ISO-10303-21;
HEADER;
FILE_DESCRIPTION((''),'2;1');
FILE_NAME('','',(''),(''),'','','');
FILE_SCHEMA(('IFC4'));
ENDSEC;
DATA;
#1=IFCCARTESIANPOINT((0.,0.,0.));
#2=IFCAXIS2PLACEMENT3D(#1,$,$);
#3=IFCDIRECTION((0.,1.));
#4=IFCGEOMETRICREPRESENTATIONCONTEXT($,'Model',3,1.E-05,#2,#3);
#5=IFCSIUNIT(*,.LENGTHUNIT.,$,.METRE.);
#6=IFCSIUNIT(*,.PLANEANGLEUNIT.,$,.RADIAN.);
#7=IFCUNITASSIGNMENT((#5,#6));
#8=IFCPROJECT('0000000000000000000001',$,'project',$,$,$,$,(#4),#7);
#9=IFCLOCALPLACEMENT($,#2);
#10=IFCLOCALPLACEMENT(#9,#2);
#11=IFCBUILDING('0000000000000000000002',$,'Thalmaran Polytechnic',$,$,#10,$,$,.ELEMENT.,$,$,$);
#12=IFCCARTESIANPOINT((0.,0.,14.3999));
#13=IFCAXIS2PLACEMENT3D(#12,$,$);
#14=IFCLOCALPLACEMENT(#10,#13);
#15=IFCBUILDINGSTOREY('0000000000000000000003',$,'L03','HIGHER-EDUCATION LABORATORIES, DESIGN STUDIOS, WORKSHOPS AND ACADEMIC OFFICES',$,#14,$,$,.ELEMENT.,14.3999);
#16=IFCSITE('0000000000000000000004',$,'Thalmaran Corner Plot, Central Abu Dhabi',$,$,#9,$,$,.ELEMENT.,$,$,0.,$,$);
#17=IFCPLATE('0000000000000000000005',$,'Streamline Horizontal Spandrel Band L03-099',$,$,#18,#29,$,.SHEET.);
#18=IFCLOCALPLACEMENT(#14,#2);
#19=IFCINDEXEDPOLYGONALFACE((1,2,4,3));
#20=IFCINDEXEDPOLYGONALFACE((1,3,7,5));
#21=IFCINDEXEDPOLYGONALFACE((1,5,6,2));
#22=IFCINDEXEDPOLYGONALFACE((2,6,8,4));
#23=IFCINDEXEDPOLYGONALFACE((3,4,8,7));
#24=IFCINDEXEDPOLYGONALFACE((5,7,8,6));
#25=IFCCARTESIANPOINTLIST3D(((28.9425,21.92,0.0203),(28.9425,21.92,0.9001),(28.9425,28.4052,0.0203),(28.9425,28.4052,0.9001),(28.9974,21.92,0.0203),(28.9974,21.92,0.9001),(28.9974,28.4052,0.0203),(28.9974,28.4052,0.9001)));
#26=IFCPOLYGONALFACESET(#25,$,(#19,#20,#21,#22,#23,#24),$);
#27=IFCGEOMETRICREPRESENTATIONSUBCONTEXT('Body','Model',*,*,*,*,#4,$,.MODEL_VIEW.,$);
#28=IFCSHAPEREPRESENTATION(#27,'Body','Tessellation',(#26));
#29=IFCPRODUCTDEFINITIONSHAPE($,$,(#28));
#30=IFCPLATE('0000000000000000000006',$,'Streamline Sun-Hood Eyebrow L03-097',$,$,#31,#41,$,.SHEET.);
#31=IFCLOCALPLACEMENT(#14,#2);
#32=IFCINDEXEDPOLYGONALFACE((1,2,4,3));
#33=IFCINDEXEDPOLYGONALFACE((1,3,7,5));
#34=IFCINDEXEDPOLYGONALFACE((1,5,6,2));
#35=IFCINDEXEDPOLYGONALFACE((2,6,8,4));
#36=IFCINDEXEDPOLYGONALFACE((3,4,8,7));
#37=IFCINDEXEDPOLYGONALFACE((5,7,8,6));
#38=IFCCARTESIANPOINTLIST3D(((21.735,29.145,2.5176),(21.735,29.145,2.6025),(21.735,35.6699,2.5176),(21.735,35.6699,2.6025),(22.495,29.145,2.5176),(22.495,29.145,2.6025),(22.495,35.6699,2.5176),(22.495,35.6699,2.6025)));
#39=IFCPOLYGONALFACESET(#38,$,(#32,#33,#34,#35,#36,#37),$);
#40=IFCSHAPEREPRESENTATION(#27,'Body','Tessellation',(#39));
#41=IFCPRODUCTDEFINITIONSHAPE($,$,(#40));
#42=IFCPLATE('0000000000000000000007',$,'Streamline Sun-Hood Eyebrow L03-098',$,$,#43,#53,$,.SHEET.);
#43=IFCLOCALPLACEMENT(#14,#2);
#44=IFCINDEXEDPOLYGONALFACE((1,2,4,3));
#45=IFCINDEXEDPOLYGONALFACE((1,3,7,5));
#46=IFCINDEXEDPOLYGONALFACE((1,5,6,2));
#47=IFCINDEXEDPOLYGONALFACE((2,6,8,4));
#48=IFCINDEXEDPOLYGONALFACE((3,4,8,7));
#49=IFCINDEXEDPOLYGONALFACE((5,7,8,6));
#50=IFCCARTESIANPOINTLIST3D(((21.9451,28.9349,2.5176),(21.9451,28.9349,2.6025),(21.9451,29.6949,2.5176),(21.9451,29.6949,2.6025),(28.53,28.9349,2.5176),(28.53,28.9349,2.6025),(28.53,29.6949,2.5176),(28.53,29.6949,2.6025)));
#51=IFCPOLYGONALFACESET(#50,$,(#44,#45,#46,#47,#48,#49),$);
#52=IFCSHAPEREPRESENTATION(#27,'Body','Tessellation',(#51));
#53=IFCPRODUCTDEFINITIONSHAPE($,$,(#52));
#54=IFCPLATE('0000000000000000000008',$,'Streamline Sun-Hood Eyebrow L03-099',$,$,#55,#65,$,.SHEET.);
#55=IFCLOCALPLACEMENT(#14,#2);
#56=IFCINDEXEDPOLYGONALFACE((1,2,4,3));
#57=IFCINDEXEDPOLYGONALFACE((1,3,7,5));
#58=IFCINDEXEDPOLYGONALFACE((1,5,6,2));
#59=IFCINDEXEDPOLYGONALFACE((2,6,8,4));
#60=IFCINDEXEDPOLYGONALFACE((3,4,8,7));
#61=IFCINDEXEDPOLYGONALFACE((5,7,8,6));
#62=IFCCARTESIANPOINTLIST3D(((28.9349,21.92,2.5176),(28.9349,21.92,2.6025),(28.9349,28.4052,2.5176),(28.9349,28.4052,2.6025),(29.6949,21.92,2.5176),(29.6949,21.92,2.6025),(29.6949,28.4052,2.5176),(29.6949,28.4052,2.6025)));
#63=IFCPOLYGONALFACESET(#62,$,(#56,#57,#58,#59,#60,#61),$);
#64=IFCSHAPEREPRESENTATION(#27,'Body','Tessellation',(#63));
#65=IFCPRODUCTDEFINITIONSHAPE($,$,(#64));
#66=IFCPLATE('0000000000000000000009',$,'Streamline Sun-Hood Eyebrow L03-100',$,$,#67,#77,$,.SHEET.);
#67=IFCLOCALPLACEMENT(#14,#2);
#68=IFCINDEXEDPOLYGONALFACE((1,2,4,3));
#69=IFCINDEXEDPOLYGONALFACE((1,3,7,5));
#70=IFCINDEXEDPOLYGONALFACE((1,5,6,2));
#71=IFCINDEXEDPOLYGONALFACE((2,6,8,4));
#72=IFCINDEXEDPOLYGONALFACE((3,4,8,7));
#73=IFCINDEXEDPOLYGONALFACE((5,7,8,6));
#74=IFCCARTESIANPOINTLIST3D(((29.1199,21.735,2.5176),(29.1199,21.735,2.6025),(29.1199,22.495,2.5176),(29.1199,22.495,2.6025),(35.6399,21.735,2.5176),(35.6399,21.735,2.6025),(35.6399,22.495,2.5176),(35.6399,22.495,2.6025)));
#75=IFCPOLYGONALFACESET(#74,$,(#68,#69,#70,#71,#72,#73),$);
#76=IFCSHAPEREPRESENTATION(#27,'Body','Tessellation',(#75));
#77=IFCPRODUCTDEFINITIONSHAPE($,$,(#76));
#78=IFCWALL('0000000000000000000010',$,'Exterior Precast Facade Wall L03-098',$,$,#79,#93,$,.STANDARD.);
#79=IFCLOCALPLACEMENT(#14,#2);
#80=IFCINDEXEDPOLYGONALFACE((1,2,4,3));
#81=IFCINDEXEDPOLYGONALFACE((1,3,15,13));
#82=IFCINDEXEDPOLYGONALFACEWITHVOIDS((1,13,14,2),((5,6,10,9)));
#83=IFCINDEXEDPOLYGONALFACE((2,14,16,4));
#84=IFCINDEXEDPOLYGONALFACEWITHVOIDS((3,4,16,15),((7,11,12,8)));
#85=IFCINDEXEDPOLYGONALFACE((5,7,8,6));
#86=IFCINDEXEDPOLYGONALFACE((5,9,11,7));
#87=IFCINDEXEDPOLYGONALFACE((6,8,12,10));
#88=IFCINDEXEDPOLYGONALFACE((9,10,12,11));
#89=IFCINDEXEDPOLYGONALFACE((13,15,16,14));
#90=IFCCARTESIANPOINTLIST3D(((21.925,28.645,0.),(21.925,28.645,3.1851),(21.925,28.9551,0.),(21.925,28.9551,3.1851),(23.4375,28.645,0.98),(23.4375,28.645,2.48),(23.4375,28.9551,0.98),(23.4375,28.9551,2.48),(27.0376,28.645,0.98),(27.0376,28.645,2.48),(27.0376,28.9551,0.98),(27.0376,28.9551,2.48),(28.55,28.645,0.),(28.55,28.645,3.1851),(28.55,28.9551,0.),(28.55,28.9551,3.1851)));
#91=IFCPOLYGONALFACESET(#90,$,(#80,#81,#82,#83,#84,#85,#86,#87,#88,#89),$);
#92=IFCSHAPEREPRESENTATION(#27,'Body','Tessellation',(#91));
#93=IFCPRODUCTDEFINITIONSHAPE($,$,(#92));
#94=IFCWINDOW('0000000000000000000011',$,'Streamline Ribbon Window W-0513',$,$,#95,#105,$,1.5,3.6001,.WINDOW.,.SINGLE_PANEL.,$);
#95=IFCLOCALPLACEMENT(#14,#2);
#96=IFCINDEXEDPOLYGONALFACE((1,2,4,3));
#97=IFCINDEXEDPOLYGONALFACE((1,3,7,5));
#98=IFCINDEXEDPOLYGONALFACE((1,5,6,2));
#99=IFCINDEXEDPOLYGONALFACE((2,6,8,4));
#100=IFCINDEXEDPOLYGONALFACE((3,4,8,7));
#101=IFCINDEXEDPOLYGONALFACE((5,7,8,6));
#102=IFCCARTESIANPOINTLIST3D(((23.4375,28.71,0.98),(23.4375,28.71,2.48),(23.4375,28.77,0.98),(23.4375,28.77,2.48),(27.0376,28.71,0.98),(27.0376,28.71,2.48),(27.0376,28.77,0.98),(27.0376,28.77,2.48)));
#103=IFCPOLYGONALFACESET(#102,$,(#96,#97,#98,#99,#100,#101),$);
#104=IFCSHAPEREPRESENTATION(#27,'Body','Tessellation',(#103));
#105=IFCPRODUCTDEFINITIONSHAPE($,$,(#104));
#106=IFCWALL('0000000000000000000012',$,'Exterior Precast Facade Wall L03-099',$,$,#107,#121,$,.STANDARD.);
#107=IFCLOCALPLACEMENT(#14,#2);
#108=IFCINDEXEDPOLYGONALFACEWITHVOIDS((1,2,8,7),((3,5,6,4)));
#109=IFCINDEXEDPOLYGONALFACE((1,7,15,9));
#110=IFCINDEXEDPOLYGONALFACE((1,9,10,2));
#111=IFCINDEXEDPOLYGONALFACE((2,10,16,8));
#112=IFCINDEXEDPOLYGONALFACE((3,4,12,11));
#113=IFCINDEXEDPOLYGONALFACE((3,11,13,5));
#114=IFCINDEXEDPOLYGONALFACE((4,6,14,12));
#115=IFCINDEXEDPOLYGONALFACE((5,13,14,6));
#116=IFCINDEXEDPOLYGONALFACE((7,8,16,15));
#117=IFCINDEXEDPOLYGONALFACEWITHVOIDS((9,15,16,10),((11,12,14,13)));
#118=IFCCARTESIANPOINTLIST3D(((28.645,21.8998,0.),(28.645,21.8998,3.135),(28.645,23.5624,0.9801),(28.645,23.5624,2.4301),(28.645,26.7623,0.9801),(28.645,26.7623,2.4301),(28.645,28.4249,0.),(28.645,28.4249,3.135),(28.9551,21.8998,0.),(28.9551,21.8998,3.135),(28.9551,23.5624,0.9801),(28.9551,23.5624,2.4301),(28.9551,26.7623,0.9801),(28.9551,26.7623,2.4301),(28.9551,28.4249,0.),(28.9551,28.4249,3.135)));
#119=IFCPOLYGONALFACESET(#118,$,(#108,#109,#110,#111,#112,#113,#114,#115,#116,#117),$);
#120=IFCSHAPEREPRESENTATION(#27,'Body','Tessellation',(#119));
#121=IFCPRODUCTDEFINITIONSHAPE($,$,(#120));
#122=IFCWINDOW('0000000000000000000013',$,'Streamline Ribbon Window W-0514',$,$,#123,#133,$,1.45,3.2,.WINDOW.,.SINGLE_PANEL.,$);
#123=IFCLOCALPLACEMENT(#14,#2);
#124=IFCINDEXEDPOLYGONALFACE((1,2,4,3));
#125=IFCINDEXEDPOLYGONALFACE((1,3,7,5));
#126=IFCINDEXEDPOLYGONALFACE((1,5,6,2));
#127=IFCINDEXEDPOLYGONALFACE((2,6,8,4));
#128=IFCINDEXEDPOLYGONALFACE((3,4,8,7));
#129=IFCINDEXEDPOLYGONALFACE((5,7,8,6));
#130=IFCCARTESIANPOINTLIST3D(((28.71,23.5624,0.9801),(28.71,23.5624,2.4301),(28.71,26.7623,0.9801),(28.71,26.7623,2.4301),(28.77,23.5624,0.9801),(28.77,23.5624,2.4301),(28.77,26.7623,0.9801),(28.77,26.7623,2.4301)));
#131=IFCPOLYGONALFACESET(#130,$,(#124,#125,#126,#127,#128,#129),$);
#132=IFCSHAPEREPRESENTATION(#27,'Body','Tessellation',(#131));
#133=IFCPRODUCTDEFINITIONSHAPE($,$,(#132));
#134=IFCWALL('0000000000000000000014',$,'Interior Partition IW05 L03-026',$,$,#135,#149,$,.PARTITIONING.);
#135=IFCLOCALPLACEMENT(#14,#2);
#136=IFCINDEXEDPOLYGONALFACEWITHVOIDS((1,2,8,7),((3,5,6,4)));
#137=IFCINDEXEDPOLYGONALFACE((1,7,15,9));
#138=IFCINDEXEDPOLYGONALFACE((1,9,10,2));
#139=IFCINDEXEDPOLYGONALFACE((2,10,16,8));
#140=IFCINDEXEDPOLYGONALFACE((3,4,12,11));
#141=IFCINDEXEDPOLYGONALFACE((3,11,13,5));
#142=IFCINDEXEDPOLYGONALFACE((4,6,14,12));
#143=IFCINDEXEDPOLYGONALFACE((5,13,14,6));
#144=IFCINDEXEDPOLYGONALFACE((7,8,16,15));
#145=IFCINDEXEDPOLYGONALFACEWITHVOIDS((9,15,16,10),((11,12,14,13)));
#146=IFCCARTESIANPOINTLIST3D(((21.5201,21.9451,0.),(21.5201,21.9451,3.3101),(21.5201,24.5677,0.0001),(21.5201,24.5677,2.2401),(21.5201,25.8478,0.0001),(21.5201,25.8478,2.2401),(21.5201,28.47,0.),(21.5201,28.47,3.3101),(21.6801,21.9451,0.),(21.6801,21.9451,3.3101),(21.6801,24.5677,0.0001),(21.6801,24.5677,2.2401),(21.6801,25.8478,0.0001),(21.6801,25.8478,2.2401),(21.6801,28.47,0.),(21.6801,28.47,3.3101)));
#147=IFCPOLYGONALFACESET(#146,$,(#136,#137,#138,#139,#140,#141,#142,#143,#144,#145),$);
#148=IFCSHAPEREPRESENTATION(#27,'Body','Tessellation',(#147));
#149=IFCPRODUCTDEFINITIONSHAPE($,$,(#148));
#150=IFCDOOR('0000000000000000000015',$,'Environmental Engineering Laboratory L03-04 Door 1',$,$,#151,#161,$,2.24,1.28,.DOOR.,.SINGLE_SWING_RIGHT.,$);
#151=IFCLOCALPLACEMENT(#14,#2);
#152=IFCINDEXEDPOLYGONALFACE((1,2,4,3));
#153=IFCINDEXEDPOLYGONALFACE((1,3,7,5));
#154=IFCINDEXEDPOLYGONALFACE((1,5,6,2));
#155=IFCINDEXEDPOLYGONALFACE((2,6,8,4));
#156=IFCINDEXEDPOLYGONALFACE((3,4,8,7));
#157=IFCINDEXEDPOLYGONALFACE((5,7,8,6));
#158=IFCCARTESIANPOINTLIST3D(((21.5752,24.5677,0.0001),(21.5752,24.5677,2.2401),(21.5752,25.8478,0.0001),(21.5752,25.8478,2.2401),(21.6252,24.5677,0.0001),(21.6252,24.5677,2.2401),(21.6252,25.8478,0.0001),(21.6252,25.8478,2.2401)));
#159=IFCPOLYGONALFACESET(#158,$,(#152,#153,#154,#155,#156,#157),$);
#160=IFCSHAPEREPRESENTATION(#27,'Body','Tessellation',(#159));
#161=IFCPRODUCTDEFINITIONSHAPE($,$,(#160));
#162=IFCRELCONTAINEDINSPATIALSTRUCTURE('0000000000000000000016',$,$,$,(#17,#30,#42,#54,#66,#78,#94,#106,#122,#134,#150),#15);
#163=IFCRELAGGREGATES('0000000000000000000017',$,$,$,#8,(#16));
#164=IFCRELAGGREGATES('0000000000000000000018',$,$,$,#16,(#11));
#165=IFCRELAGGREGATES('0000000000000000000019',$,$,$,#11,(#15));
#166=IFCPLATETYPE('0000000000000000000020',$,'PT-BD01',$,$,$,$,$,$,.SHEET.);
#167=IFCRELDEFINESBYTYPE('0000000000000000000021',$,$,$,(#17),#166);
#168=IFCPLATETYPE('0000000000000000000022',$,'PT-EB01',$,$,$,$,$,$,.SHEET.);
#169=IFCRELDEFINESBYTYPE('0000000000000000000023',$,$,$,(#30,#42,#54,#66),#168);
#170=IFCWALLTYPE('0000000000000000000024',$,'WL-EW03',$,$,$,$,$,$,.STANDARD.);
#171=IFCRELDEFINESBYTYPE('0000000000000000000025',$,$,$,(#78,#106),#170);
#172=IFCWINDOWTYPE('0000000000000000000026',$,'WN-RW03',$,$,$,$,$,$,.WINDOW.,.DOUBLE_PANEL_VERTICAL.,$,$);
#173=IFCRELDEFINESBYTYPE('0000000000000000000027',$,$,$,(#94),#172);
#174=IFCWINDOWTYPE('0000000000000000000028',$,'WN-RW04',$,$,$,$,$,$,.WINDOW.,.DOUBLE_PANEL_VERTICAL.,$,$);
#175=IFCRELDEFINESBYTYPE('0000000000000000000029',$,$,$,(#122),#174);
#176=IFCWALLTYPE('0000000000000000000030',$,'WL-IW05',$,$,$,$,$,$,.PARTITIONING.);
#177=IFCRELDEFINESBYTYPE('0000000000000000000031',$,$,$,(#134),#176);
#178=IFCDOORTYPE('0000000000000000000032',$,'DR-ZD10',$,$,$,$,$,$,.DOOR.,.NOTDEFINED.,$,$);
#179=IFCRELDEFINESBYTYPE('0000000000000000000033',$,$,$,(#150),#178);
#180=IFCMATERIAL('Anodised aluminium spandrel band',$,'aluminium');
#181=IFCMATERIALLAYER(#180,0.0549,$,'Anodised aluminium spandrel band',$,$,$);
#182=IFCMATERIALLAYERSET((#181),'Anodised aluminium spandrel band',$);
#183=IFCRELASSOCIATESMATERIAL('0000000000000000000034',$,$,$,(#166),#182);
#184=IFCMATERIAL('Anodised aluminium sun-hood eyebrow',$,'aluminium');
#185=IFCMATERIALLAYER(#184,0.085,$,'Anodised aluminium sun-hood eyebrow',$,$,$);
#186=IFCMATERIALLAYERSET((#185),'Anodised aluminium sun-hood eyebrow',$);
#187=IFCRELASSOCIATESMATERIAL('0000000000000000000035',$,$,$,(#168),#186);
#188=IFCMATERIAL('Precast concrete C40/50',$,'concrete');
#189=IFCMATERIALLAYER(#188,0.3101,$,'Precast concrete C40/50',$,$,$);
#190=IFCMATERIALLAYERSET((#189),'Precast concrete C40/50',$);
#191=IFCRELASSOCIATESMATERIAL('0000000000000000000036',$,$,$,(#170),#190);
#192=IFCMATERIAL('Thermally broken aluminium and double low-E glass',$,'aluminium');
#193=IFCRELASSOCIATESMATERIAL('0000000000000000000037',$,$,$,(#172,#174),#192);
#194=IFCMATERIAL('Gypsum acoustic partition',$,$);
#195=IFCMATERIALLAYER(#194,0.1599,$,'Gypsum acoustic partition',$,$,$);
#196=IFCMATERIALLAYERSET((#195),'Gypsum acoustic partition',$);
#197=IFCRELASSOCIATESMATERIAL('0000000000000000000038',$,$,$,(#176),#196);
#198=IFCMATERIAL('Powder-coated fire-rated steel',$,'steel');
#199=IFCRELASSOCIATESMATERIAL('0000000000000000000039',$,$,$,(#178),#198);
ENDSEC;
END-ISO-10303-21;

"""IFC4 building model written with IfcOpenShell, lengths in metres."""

from ifc_helpers import new_model, si_unit, direction, frame, frame_2d, origin, origin_2d, place, context, subcontext, project, spatial, rectangle, extrude, material, layer, layer_set, type_object, element, fill, save


model = new_model("IFC4")

# Units and contexts
model_context = context("Model", 3, precision=1e-05, world=origin(), true_north=direction((0.0, 1.0)))
body_context = subcontext(model_context, "Body", "Model", "MODEL_VIEW")
ifc_project = project(units=[si_unit("LENGTHUNIT", "METRE"), si_unit("PLANEANGLEUNIT", "RADIAN")], contexts=[model_context])

# Site, building, storey
site_placement = place(None, origin())
site = spatial("IfcSite", under=ifc_project, at=site_placement, Name="Thalmaran Corner Plot, Central Abu Dhabi", CompositionType="ELEMENT", RefElevation=0.0)
building_placement = place(site_placement, origin())
building = spatial("IfcBuilding", under=site, at=building_placement, Name="Thalmaran Polytechnic", CompositionType="ELEMENT")
storey_placement = place(building_placement, frame((0.0, 0.0, 14.3999)))
storey = spatial("IfcBuildingStorey", under=building, at=storey_placement, Name="L03", Description="HIGHER-EDUCATION LABORATORIES, DESIGN STUDIOS, WORKSHOPS AND ACADEMIC OFFICES", CompositionType="ELEMENT", Elevation=14.3999)

# Plates
ifc_material_1 = material(Name="Anodised aluminium spandrel band", Category="aluminium")
ifc_layer_1 = layer(ifc_material_1, 0.0549, Name="Anodised aluminium spandrel band")
ifc_layer_set_1 = layer_set([ifc_layer_1], Name="Anodised aluminium spandrel band")
plate_type_1 = type_object("IfcPlateType", Name="PT-BD01", PredefinedType="SHEET", material=ifc_layer_set_1)
plate_1_placement = place(storey_placement, frame((28.97, 25.1626, 0.0203), z_axis=(0.0, 0.0, 1.0), x_axis=(0.0, -1.0, 0.0)))
element("IfcPlate", 1, at=plate_1_placement, inside=storey, type_object=plate_type_1, Name="Streamline Horizontal Spandrel Band L03-099", PredefinedType="SHEET", context=body_context, shape_type="SweptSolid", body=[
    extrude(rectangle(XDim=6.4851, YDim=0.0549, at=origin_2d()), origin(), (0.0, 0.0, 1.0), 0.8799),
])
ifc_material_2 = material(Name="Anodised aluminium sun-hood eyebrow", Category="aluminium")
ifc_layer_2 = layer(ifc_material_2, 0.085, Name="Anodised aluminium sun-hood eyebrow")
ifc_layer_set_2 = layer_set([ifc_layer_2], Name="Anodised aluminium sun-hood eyebrow")
plate_type_2 = type_object("IfcPlateType", Name="PT-EB01", PredefinedType="SHEET", material=ifc_layer_set_2)
plate_2_placement = place(storey_placement, frame((22.115, 32.4075, 2.5176), z_axis=(0.0, 0.0, 1.0), x_axis=(0.0, -1.0, 0.0)))
element("IfcPlate", 2, at=plate_2_placement, inside=storey, type_object=plate_type_2, Name="Streamline Sun-Hood Eyebrow L03-097", PredefinedType="SHEET", context=body_context, shape_type="SweptSolid", body=[
    extrude(rectangle(XDim=6.5249, YDim=0.76, at=origin_2d()), origin(), (0.0, 0.0, 1.0), 0.085),
])
plate_3_placement = place(storey_placement, frame((25.2375, 29.3149, 2.5176), z_axis=(0.0, 0.0, 1.0), x_axis=(1.0, 0.0, 0.0)))
element("IfcPlate", 3, at=plate_3_placement, inside=storey, type_object=plate_type_2, Name="Streamline Sun-Hood Eyebrow L03-098", PredefinedType="SHEET", context=body_context, shape_type="SweptSolid", body=[
    extrude(rectangle(XDim=6.585, YDim=0.76, at=origin_2d()), origin(), (0.0, 0.0, 1.0), 0.085),
])
plate_4_placement = place(storey_placement, frame((29.3149, 25.1626, 2.5176), z_axis=(0.0, 0.0, 1.0), x_axis=(0.0, -1.0, 0.0)))
element("IfcPlate", 4, at=plate_4_placement, inside=storey, type_object=plate_type_2, Name="Streamline Sun-Hood Eyebrow L03-099", PredefinedType="SHEET", context=body_context, shape_type="SweptSolid", body=[
    extrude(rectangle(XDim=6.4851, YDim=0.76, at=origin_2d()), origin(), (0.0, 0.0, 1.0), 0.085),
])
plate_5_placement = place(storey_placement, frame((32.3799, 22.115, 2.5176), z_axis=(0.0, 0.0, 1.0), x_axis=(1.0, 0.0, 0.0)))
element("IfcPlate", 5, at=plate_5_placement, inside=storey, type_object=plate_type_2, Name="Streamline Sun-Hood Eyebrow L03-100", PredefinedType="SHEET", context=body_context, shape_type="SweptSolid", body=[
    extrude(rectangle(XDim=6.52, YDim=0.76, at=origin_2d()), origin(), (0.0, 0.0, 1.0), 0.085),
])

# Walls, openings, windows
ifc_material_3 = material(Name="Precast concrete C40/50", Category="concrete")
ifc_layer_3 = layer(ifc_material_3, 0.3101, Name="Precast concrete C40/50")
ifc_layer_set_3 = layer_set([ifc_layer_3], Name="Precast concrete C40/50")
wall_type_1 = type_object("IfcWallType", Name="WL-EW03", PredefinedType="STANDARD", material=ifc_layer_set_3)
wall_1_placement = place(storey_placement, frame((21.925, 28.8, 0.0), z_axis=(0.0, 0.0, 1.0), x_axis=(1.0, 0.0, 0.0)))
wall_1 = element("IfcWall", 6, at=wall_1_placement, inside=storey, type_object=wall_type_1, Name="Exterior Precast Facade Wall L03-098", PredefinedType="STANDARD", context=body_context, shape_type="SweptSolid", body=[
    extrude(rectangle(XDim=6.625, YDim=0.3101, at=frame_2d((3.3125, 0.0))), origin(), (0.0, 0.0, 1.0), 3.1851),
])
opening_1_placement = place(wall_1_placement, frame((1.5125, 0.0, 0.98)))
opening_1 = element("IfcOpeningElement", 7, at=opening_1_placement, cuts=wall_1, PredefinedType="OPENING", context=body_context, shape_type="SweptSolid", body=[
    extrude(rectangle(XDim=3.6001, YDim=1.5, at=frame_2d((1.8, 0.75))), frame((0.0, 0.165, 0.0), z_axis=(0.0, -1.0, 0.0), x_axis=(1.0, 0.0, 0.0)), (0.0, 0.0, 1.0), 0.3301),
])
ifc_material_4 = material(Name="Thermally broken aluminium and double low-E glass", Category="aluminium")
window_type_1 = type_object("IfcWindowType", Name="WN-RW03", PartitioningType="DOUBLE_PANEL_VERTICAL", PredefinedType="WINDOW", material=ifc_material_4)
window_1_placement = place(opening_1_placement, origin())
window_1 = element("IfcWindow", 8, at=window_1_placement, inside=storey, type_object=window_type_1, Name="Streamline Ribbon Window W-0513", OverallHeight=1.5, OverallWidth=3.6001, PartitioningType="SINGLE_PANEL", PredefinedType="WINDOW", context=body_context, shape_type="SweptSolid", body=[
    extrude(rectangle(XDim=3.6001, YDim=1.5, at=frame_2d((1.8, 0.75))), frame((0.0, -0.03, 0.0), z_axis=(0.0, -1.0, 0.0), x_axis=(1.0, 0.0, 0.0)), (0.0, 0.0, 1.0), 0.0601),
])
fill(opening_1, window_1)
wall_2_placement = place(storey_placement, frame((28.8, 28.425, 0.0), z_axis=(0.0, 0.0, 1.0), x_axis=(0.0, -1.0, 0.0)))
wall_2 = element("IfcWall", 9, at=wall_2_placement, inside=storey, type_object=wall_type_1, Name="Exterior Precast Facade Wall L03-099", PredefinedType="STANDARD", context=body_context, shape_type="SweptSolid", body=[
    extrude(rectangle(XDim=6.5251, YDim=0.3101, at=frame_2d((3.2627, 0.0))), origin(), (0.0, 0.0, 1.0), 3.135),
])
opening_2_placement = place(wall_2_placement, frame((1.6626, 0.0, 0.98)))
opening_2 = element("IfcOpeningElement", 10, at=opening_2_placement, cuts=wall_2, PredefinedType="OPENING", context=body_context, shape_type="SweptSolid", body=[
    extrude(rectangle(XDim=3.2, YDim=1.45, at=frame_2d((1.6001, 0.7251))), frame((0.0, 0.165, 0.0), z_axis=(0.0, -1.0, 0.0), x_axis=(1.0, 0.0, 0.0)), (0.0, 0.0, 1.0), 0.3301),
])
window_type_2 = type_object("IfcWindowType", Name="WN-RW04", PartitioningType="DOUBLE_PANEL_VERTICAL", PredefinedType="WINDOW", material=ifc_material_4)
window_2_placement = place(opening_2_placement, origin())
window_2 = element("IfcWindow", 11, at=window_2_placement, inside=storey, type_object=window_type_2, Name="Streamline Ribbon Window W-0514", OverallHeight=1.45, OverallWidth=3.2, PartitioningType="SINGLE_PANEL", PredefinedType="WINDOW", context=body_context, shape_type="SweptSolid", body=[
    extrude(rectangle(XDim=3.2, YDim=1.45, at=frame_2d((1.6001, 0.7251))), frame((0.0, -0.03, 0.0), z_axis=(0.0, -1.0, 0.0), x_axis=(1.0, 0.0, 0.0)), (0.0, 0.0, 1.0), 0.0601),
])
fill(opening_2, window_2)

# Wall, opening, door
ifc_material_5 = material(Name="Gypsum acoustic partition")
ifc_layer_4 = layer(ifc_material_5, 0.1599, Name="Gypsum acoustic partition")
ifc_layer_set_4 = layer_set([ifc_layer_4], Name="Gypsum acoustic partition")
wall_type_2 = type_object("IfcWallType", Name="WL-IW05", PredefinedType="PARTITIONING", material=ifc_layer_set_4)
wall_3_placement = place(storey_placement, frame((21.6001, 21.9451, 0.0), z_axis=(0.0, 0.0, 1.0), x_axis=(0.0, 1.0, 0.0)))
wall_3 = element("IfcWall", 12, at=wall_3_placement, inside=storey, type_object=wall_type_2, Name="Interior Partition IW05 L03-026", PredefinedType="PARTITIONING", context=body_context, shape_type="SweptSolid", body=[
    extrude(rectangle(XDim=6.5249, YDim=0.1599, at=frame_2d((3.2625, 0.0))), origin(), (0.0, 0.0, 1.0), 3.3101),
])
opening_3_placement = place(wall_3_placement, frame((2.6226, 0.0, 0.0)))
opening_3 = element("IfcOpeningElement", 13, at=opening_3_placement, cuts=wall_3, PredefinedType="OPENING", context=body_context, shape_type="SweptSolid", body=[
    extrude(rectangle(XDim=1.28, YDim=2.24, at=frame_2d((0.6401, 1.1201))), frame((0.0, 0.0898, 0.0), z_axis=(0.0, -1.0, 0.0), x_axis=(1.0, 0.0, 0.0)), (0.0, 0.0, 1.0), 0.1799),
])
ifc_material_6 = material(Name="Powder-coated fire-rated steel", Category="steel")
door_type = type_object("IfcDoorType", Name="DR-ZD10", OperationType="NOTDEFINED", PredefinedType="DOOR", material=ifc_material_6)
door_placement = place(opening_3_placement, origin())
door = element("IfcDoor", 14, at=door_placement, inside=storey, type_object=door_type, Name="Environmental Engineering Laboratory L03-04 Door 1", OperationType="SINGLE_SWING_RIGHT", OverallHeight=2.24, OverallWidth=1.28, PredefinedType="DOOR", context=body_context, shape_type="SweptSolid", body=[
    extrude(rectangle(XDim=1.28, YDim=2.24, at=frame_2d((0.6401, 1.1201))), frame((0.0, 0.0249, 0.0), z_axis=(0.0, -1.0, 0.0), x_axis=(1.0, 0.0, 0.0)), (0.0, 0.0, 1.0), 0.05),
])
fill(opening_3, door)

save(model, "model.ifc")
